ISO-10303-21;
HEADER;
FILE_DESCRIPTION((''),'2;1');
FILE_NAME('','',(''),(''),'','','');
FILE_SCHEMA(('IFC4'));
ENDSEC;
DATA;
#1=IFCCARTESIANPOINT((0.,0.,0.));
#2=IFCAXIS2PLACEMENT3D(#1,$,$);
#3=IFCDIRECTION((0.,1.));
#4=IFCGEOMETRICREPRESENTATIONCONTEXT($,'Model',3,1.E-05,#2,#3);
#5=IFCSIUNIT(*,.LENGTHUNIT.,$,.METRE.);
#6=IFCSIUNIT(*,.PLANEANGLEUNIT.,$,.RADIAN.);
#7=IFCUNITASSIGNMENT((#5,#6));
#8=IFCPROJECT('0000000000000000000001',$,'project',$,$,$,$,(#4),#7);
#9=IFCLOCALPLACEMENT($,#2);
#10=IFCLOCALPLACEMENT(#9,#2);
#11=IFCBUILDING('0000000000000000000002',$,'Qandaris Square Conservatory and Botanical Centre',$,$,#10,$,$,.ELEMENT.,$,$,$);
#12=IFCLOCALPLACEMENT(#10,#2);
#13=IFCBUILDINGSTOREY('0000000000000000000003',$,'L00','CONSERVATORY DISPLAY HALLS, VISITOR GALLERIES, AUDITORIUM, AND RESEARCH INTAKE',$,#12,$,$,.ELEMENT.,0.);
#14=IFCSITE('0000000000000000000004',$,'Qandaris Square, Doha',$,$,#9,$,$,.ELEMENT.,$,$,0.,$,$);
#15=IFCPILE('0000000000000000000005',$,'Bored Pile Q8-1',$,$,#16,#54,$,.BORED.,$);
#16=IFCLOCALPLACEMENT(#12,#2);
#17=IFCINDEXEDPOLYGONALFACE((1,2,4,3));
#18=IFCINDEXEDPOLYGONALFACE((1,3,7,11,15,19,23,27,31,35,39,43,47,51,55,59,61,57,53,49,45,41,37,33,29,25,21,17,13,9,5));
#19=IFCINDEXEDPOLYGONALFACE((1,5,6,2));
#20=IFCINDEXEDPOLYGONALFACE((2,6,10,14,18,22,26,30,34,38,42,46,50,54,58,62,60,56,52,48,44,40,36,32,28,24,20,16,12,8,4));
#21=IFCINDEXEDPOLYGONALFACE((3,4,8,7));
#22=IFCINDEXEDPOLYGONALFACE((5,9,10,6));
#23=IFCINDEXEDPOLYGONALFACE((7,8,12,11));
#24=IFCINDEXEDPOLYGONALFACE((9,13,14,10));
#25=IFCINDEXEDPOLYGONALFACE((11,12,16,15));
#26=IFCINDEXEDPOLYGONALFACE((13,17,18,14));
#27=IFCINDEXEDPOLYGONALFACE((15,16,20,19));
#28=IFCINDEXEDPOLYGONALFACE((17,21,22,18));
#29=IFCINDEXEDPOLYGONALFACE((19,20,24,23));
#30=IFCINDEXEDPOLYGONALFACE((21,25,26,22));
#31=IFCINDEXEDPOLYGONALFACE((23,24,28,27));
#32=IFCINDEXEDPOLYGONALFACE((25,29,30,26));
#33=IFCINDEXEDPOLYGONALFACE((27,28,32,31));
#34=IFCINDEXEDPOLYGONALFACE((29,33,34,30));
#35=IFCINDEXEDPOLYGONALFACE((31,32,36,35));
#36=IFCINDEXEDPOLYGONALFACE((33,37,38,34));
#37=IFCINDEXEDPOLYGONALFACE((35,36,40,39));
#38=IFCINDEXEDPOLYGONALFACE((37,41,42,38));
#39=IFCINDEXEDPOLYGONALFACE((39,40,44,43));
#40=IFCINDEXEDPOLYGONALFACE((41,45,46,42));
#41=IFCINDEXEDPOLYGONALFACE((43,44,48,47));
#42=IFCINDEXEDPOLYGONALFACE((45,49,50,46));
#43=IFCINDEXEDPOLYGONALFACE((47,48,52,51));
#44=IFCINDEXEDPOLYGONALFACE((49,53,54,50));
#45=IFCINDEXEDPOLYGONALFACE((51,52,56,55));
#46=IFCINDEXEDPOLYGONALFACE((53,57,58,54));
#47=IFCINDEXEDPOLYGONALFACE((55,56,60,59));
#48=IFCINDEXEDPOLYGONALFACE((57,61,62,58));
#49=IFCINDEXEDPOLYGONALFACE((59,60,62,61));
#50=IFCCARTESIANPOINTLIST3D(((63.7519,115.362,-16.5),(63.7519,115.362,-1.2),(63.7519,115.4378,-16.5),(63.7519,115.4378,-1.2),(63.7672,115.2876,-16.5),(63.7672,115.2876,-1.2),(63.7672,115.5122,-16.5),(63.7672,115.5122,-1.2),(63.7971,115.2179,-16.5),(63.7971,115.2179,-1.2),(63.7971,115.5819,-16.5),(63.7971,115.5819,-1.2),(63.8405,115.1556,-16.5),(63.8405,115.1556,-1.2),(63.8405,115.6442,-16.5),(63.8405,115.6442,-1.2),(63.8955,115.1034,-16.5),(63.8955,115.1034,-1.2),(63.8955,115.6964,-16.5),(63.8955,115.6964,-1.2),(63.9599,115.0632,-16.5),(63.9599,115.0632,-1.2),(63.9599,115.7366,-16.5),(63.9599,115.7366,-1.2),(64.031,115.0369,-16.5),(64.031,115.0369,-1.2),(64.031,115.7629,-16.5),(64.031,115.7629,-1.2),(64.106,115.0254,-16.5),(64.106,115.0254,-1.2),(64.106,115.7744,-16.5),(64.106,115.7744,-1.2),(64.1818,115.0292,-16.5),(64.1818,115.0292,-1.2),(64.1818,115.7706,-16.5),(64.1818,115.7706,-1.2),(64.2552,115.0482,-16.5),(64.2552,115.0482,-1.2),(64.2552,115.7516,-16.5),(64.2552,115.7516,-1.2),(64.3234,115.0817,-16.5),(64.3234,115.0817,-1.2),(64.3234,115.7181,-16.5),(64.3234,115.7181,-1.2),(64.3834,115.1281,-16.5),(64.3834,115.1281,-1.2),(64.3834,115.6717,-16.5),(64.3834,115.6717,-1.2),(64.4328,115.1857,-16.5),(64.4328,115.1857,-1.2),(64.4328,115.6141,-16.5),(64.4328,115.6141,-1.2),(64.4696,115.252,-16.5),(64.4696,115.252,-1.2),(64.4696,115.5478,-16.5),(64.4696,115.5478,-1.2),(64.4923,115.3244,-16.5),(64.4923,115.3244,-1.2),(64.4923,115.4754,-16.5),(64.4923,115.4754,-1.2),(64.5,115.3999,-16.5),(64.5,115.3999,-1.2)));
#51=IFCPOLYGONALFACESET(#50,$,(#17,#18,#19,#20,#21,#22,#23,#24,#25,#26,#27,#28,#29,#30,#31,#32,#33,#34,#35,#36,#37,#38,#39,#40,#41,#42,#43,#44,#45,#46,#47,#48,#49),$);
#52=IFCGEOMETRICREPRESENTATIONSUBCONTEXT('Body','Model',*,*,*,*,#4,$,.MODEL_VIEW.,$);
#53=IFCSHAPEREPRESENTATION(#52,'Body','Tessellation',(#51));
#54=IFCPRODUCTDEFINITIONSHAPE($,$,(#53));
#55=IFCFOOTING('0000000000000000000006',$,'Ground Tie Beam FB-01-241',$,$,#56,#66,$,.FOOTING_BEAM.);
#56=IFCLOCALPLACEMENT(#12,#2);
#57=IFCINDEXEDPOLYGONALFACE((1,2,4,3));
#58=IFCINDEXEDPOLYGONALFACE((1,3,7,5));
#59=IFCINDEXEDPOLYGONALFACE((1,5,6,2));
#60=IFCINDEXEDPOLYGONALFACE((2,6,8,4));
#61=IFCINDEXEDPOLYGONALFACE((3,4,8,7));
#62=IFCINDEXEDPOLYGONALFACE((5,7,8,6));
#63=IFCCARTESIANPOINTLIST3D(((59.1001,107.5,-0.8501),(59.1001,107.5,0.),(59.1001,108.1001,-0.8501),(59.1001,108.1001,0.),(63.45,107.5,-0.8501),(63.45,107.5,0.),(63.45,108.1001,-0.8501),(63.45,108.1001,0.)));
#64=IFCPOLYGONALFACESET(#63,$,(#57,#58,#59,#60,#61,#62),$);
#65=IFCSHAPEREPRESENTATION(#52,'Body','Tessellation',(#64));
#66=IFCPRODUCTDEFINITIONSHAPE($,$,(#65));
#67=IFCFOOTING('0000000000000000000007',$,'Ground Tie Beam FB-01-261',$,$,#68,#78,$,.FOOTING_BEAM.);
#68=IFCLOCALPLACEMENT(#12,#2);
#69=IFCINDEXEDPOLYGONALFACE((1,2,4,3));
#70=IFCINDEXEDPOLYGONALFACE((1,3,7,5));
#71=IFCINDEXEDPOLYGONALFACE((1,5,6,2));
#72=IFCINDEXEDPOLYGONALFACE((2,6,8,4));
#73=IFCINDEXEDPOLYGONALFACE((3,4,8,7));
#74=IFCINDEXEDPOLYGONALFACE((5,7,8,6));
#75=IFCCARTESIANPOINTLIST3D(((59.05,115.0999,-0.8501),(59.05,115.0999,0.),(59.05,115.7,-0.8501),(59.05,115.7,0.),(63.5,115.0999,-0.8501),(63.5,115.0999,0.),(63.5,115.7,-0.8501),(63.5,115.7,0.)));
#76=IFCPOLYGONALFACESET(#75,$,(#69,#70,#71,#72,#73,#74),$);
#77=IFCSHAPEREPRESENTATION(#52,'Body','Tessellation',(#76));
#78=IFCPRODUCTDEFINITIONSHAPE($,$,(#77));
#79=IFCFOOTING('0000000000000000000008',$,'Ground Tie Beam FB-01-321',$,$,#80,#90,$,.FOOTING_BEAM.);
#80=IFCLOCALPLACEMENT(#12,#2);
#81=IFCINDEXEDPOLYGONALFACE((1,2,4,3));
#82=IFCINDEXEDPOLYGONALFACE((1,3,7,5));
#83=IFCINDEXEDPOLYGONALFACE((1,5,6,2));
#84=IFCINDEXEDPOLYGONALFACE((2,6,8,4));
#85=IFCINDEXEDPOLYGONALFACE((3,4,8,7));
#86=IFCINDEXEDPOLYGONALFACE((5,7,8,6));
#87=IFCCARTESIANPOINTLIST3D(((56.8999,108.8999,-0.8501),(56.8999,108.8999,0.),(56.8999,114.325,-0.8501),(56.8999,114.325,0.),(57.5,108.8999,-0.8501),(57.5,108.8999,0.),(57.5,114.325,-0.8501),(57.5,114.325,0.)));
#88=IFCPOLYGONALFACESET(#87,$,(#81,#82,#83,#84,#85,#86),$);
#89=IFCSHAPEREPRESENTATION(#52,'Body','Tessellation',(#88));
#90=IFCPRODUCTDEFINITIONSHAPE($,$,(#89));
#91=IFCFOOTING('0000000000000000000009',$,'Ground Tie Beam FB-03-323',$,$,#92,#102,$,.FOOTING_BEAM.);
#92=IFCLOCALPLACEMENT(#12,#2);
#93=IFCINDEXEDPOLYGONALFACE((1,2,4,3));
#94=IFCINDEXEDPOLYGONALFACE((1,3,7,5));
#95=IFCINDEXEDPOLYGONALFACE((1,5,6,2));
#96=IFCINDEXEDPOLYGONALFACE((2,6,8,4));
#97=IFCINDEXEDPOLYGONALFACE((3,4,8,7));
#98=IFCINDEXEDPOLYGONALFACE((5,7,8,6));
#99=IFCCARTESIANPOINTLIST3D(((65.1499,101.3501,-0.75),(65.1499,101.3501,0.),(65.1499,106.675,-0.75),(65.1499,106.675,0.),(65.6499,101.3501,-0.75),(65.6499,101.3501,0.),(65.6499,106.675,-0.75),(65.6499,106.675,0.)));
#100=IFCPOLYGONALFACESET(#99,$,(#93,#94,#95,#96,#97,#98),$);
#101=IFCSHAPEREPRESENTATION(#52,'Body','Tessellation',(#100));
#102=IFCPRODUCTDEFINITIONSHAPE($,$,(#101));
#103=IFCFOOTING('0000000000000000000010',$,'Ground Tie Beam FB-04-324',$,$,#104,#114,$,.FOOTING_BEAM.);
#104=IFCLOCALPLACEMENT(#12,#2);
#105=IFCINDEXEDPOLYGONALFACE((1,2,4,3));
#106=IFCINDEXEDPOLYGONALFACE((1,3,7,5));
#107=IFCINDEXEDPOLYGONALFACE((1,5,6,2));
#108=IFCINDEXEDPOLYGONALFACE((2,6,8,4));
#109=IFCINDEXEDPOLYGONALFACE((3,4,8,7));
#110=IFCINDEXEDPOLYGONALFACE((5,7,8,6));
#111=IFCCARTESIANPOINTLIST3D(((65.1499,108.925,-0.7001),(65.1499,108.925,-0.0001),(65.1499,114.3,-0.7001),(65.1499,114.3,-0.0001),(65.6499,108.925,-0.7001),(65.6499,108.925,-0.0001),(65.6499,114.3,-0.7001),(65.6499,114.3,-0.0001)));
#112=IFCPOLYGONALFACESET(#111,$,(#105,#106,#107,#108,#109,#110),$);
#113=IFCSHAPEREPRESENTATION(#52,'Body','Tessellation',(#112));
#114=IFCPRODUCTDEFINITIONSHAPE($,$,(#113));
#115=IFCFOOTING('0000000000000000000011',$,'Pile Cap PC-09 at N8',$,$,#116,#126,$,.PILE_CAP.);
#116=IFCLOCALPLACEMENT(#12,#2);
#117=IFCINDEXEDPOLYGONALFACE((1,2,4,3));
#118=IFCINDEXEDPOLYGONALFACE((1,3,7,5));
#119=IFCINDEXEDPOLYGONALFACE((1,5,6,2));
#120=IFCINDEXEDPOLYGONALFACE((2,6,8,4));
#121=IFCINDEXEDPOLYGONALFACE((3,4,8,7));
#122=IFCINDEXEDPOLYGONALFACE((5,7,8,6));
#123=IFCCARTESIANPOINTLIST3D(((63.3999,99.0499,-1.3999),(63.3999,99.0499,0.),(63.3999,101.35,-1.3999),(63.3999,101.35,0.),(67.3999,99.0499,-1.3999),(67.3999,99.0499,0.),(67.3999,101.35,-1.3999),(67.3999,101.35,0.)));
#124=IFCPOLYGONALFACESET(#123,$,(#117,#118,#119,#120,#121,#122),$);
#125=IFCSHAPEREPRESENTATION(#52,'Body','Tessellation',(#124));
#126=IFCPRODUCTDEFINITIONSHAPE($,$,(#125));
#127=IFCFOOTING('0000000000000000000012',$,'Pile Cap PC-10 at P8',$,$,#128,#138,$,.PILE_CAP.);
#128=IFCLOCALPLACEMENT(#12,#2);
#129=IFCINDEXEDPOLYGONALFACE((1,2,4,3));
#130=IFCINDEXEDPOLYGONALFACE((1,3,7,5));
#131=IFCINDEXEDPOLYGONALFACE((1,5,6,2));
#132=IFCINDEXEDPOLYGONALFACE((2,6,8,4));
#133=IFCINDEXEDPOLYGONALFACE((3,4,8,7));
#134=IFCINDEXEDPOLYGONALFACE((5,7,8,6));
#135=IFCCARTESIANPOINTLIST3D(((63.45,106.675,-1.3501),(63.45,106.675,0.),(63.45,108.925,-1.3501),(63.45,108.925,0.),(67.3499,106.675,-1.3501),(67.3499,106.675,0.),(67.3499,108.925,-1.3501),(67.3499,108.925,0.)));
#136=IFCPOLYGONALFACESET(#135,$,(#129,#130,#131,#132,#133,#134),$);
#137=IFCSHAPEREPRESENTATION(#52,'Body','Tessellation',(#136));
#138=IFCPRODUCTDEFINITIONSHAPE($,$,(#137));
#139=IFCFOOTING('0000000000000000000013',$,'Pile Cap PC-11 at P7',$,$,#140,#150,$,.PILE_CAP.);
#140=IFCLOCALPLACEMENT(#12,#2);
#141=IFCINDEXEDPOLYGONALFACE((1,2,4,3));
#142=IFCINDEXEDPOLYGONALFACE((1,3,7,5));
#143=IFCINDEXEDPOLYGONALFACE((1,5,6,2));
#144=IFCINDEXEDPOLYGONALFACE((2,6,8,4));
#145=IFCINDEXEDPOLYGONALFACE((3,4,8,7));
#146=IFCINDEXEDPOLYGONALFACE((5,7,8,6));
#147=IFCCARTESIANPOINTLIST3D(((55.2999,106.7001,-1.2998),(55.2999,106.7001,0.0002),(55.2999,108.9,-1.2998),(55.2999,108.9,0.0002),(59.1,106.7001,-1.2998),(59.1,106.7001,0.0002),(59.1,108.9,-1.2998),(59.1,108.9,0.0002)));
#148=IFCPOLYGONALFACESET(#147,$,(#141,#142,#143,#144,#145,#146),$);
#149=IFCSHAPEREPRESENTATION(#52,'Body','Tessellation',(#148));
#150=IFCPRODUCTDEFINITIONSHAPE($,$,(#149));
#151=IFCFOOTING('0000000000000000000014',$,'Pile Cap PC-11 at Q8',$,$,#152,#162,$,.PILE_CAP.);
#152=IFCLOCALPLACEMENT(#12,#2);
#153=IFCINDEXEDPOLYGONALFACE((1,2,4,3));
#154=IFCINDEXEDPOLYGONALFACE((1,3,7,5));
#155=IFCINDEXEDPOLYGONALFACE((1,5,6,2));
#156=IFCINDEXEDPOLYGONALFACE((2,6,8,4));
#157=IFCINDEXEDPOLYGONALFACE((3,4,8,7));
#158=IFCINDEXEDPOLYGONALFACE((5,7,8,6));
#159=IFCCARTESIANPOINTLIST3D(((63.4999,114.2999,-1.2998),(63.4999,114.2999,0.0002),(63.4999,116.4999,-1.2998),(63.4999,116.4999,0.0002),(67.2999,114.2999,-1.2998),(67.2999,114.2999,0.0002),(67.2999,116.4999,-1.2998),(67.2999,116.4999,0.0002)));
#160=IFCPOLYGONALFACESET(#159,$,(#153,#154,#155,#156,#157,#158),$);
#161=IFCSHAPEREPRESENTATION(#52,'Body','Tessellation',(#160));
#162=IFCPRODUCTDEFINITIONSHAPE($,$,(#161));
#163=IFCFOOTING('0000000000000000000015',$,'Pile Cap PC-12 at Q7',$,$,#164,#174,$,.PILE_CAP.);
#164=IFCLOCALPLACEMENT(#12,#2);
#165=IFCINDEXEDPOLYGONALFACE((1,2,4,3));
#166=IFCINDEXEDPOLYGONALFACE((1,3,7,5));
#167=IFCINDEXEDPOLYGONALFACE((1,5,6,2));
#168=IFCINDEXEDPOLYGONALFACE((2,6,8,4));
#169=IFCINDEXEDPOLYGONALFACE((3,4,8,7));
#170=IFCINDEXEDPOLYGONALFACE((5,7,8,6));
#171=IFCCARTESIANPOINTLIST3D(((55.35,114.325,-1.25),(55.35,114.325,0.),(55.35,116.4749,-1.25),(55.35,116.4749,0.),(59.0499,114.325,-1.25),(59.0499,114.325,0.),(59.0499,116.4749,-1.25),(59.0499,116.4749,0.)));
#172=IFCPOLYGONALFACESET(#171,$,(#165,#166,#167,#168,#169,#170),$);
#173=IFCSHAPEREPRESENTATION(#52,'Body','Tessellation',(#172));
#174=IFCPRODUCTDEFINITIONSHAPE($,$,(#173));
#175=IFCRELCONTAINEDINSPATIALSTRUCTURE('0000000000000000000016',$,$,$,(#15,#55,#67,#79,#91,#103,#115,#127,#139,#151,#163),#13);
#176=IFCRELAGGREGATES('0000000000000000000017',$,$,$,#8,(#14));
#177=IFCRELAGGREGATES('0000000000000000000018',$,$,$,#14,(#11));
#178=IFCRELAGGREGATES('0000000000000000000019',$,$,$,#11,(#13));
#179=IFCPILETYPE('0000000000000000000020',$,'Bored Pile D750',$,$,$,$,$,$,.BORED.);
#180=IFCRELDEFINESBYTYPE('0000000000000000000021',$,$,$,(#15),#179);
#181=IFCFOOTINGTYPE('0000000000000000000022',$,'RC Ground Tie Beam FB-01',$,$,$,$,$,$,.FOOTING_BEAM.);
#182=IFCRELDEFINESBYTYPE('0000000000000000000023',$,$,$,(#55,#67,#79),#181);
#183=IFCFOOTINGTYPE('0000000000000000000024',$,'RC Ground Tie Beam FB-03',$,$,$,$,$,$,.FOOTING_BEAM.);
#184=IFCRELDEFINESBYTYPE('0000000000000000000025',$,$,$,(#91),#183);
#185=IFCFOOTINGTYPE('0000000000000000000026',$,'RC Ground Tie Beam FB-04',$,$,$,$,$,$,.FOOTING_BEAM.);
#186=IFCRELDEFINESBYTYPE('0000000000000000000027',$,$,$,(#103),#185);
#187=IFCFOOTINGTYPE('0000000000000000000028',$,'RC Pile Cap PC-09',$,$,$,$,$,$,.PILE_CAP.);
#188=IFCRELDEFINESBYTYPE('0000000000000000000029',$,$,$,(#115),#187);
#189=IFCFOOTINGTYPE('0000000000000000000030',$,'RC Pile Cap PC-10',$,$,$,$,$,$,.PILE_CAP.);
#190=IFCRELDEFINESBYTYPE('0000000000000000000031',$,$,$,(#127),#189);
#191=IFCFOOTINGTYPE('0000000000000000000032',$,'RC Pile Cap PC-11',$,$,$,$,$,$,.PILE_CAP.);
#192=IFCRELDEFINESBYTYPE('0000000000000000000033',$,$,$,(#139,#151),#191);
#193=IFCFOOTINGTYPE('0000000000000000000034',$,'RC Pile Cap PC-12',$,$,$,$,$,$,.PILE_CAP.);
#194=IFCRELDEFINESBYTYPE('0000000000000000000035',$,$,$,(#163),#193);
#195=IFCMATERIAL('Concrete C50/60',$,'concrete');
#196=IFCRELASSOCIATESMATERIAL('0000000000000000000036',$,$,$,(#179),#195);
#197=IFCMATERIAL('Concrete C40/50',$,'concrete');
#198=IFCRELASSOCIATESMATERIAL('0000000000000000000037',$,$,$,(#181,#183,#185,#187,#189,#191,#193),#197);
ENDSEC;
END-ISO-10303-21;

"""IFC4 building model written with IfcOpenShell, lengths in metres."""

from ifc_helpers import new_model, si_unit, direction, frame, origin, origin_2d, place, context, subcontext, project, spatial, rectangle, circle, extrude, material, material_profile, profile_set, type_object, element, save


model = new_model("IFC4")

# Units and contexts
model_context = context("Model", 3, precision=1e-05, world=origin(), true_north=direction((0.0, 1.0)))
body_context = subcontext(model_context, "Body", "Model", "MODEL_VIEW")
ifc_project = project(units=[si_unit("LENGTHUNIT", "METRE"), si_unit("PLANEANGLEUNIT", "RADIAN")], contexts=[model_context])

# Site, building, storey
site_placement = place(None, origin())
site = spatial("IfcSite", under=ifc_project, at=site_placement, Name="Qandaris Square, Doha", CompositionType="ELEMENT", RefElevation=0.0)
building_placement = place(site_placement, origin())
building = spatial("IfcBuilding", under=site, at=building_placement, Name="Qandaris Square Conservatory and Botanical Centre", CompositionType="ELEMENT")
storey_placement = place(building_placement, origin())
storey = spatial("IfcBuildingStorey", under=building, at=storey_placement, Name="L00", Description="CONSERVATORY DISPLAY HALLS, VISITOR GALLERIES, AUDITORIUM, AND RESEARCH INTAKE", CompositionType="ELEMENT", Elevation=0.0)

# Pile
ifc_material_1 = material(Name="Concrete C50/60", Category="concrete")
ifc_material_profile_1 = material_profile(ifc_material_1, circle(Radius=0.375, at=origin_2d()), Name="PILE D750")
ifc_profile_set_1 = profile_set([ifc_material_profile_1], Name="Concrete C50/60")
pile_type = type_object("IfcPileType", Name="Bored Pile D750", PredefinedType="BORED", material=ifc_profile_set_1)
pile_1_placement = place(storey_placement, frame((64.125, 115.3999, -1.2), z_axis=(0.0, 0.0, -1.0), x_axis=(1.0, 0.0, 0.0)))
element("IfcPile", 1, at=pile_1_placement, inside=storey, type_object=pile_type, Name="Bored Pile Q8-1", PredefinedType="BORED", context=body_context, shape_type="SweptSolid", body=[
    extrude(circle(Radius=0.375, at=origin_2d()), origin(), (0.0, 0.0, 1.0), 15.3),
])

# Footings
ifc_material_2 = material(Name="Concrete C40/50", Category="concrete")
ifc_material_profile_2 = material_profile(ifc_material_2, rectangle(XDim=0.6001, YDim=0.8501, at=origin_2d()), Name="FB 600x850")
ifc_profile_set_2 = profile_set([ifc_material_profile_2], Name="Concrete C40/50")
footing_type_1 = type_object("IfcFootingType", Name="RC Ground Tie Beam FB-01", PredefinedType="FOOTING_BEAM", material=ifc_profile_set_2)
footing_1_placement = place(storey_placement, frame((59.1001, 107.8, -0.425), z_axis=(1.0, 0.0, 0.0), x_axis=(0.0, 1.0, 0.0)))
element("IfcFooting", 2, at=footing_1_placement, inside=storey, type_object=footing_type_1, Name="Ground Tie Beam FB-01-241", PredefinedType="FOOTING_BEAM", context=body_context, shape_type="SweptSolid", body=[
    extrude(rectangle(XDim=0.6001, YDim=0.8501, at=origin_2d()), origin(), (0.0, 0.0, 1.0), 4.3499),
])
footing_2_placement = place(storey_placement, frame((59.05, 115.3999, -0.425), z_axis=(1.0, 0.0, 0.0), x_axis=(0.0, 1.0, 0.0)))
element("IfcFooting", 3, at=footing_2_placement, inside=storey, type_object=footing_type_1, Name="Ground Tie Beam FB-01-261", PredefinedType="FOOTING_BEAM", context=body_context, shape_type="SweptSolid", body=[
    extrude(rectangle(XDim=0.6001, YDim=0.8501, at=origin_2d()), origin(), (0.0, 0.0, 1.0), 4.45),
])
footing_3_placement = place(storey_placement, frame((57.2, 108.8999, -0.425), z_axis=(0.0, 1.0, 0.0), x_axis=(-1.0, 0.0, 0.0)))
element("IfcFooting", 4, at=footing_3_placement, inside=storey, type_object=footing_type_1, Name="Ground Tie Beam FB-01-321", PredefinedType="FOOTING_BEAM", context=body_context, shape_type="SweptSolid", body=[
    extrude(rectangle(XDim=0.6001, YDim=0.8501, at=origin_2d()), origin(), (0.0, 0.0, 1.0), 5.425),
])
ifc_material_profile_3 = material_profile(ifc_material_2, rectangle(XDim=0.5, YDim=0.75, at=origin_2d()), Name="FB 500x750")
ifc_profile_set_3 = profile_set([ifc_material_profile_3], Name="Concrete C40/50")
footing_type_2 = type_object("IfcFootingType", Name="RC Ground Tie Beam FB-03", PredefinedType="FOOTING_BEAM", material=ifc_profile_set_3)
footing_4_placement = place(storey_placement, frame((65.3999, 101.3501, -0.375), z_axis=(0.0, 1.0, 0.0), x_axis=(-1.0, 0.0, 0.0)))
element("IfcFooting", 5, at=footing_4_placement, inside=storey, type_object=footing_type_2, Name="Ground Tie Beam FB-03-323", PredefinedType="FOOTING_BEAM", context=body_context, shape_type="SweptSolid", body=[
    extrude(rectangle(XDim=0.5, YDim=0.75, at=origin_2d()), origin(), (0.0, 0.0, 1.0), 5.325),
])
ifc_material_profile_4 = material_profile(ifc_material_2, rectangle(XDim=0.5, YDim=0.7, at=origin_2d()), Name="FB 500x700")
ifc_profile_set_4 = profile_set([ifc_material_profile_4], Name="Concrete C40/50")
footing_type_3 = type_object("IfcFootingType", Name="RC Ground Tie Beam FB-04", PredefinedType="FOOTING_BEAM", material=ifc_profile_set_4)
footing_5_placement = place(storey_placement, frame((65.3999, 108.925, -0.3501), z_axis=(0.0, 1.0, 0.0), x_axis=(-1.0, 0.0, 0.0)))
element("IfcFooting", 6, at=footing_5_placement, inside=storey, type_object=footing_type_3, Name="Ground Tie Beam FB-04-324", PredefinedType="FOOTING_BEAM", context=body_context, shape_type="SweptSolid", body=[
    extrude(rectangle(XDim=0.5, YDim=0.7, at=origin_2d()), origin(), (0.0, 0.0, 1.0), 5.375),
])
footing_type_4 = type_object("IfcFootingType", Name="RC Pile Cap PC-09", PredefinedType="PILE_CAP", material=ifc_material_2)
footing_6_placement = place(storey_placement, frame((65.3999, 100.2, -1.3999), z_axis=(0.0, 0.0, 1.0), x_axis=(1.0, 0.0, 0.0)))
element("IfcFooting", 7, at=footing_6_placement, inside=storey, type_object=footing_type_4, Name="Pile Cap PC-09 at N8", PredefinedType="PILE_CAP", context=body_context, shape_type="SweptSolid", body=[
    extrude(rectangle(XDim=4.0, YDim=2.3, at=origin_2d()), origin(), (0.0, 0.0, 1.0), 1.3999),
])
footing_type_5 = type_object("IfcFootingType", Name="RC Pile Cap PC-10", PredefinedType="PILE_CAP", material=ifc_material_2)
footing_7_placement = place(storey_placement, frame((65.3999, 107.8, -1.3501), z_axis=(0.0, 0.0, 1.0), x_axis=(1.0, 0.0, 0.0)))
element("IfcFooting", 8, at=footing_7_placement, inside=storey, type_object=footing_type_5, Name="Pile Cap PC-10 at P8", PredefinedType="PILE_CAP", context=body_context, shape_type="SweptSolid", body=[
    extrude(rectangle(XDim=3.8999, YDim=2.25, at=origin_2d()), origin(), (0.0, 0.0, 1.0), 1.3501),
])
footing_type_6 = type_object("IfcFootingType", Name="RC Pile Cap PC-11", PredefinedType="PILE_CAP", material=ifc_material_2)
for number, where, z_axis, x_axis, name in (
    (9, (57.2, 107.8, -1.2998), (0.0, 0.0, 1.0), (1.0, 0.0, 0.0), "Pile Cap PC-11 at P7"),
    (10, (65.3999, 115.3999, -1.2998), (0.0, 0.0, 1.0), (1.0, 0.0, 0.0), "Pile Cap PC-11 at Q8"),
):
    element("IfcFooting", number, at=place(storey_placement, frame(where, z_axis=z_axis, x_axis=x_axis)), inside=storey, type_object=footing_type_6, Name=name, PredefinedType="PILE_CAP", context=body_context, shape_type="SweptSolid", body=[
        extrude(rectangle(XDim=3.8, YDim=2.2, at=origin_2d()), origin(), (0.0, 0.0, 1.0), 1.3),
    ])
footing_type_7 = type_object("IfcFootingType", Name="RC Pile Cap PC-12", PredefinedType="PILE_CAP", material=ifc_material_2)
footing_8_placement = place(storey_placement, frame((57.2, 115.3999, -1.25), z_axis=(0.0, 0.0, 1.0), x_axis=(1.0, 0.0, 0.0)))
element("IfcFooting", 11, at=footing_8_placement, inside=storey, type_object=footing_type_7, Name="Pile Cap PC-12 at Q7", PredefinedType="PILE_CAP", context=body_context, shape_type="SweptSolid", body=[
    extrude(rectangle(XDim=3.7, YDim=2.1499, at=origin_2d()), origin(), (0.0, 0.0, 1.0), 1.25),
])

save(model, "model.ifc")
